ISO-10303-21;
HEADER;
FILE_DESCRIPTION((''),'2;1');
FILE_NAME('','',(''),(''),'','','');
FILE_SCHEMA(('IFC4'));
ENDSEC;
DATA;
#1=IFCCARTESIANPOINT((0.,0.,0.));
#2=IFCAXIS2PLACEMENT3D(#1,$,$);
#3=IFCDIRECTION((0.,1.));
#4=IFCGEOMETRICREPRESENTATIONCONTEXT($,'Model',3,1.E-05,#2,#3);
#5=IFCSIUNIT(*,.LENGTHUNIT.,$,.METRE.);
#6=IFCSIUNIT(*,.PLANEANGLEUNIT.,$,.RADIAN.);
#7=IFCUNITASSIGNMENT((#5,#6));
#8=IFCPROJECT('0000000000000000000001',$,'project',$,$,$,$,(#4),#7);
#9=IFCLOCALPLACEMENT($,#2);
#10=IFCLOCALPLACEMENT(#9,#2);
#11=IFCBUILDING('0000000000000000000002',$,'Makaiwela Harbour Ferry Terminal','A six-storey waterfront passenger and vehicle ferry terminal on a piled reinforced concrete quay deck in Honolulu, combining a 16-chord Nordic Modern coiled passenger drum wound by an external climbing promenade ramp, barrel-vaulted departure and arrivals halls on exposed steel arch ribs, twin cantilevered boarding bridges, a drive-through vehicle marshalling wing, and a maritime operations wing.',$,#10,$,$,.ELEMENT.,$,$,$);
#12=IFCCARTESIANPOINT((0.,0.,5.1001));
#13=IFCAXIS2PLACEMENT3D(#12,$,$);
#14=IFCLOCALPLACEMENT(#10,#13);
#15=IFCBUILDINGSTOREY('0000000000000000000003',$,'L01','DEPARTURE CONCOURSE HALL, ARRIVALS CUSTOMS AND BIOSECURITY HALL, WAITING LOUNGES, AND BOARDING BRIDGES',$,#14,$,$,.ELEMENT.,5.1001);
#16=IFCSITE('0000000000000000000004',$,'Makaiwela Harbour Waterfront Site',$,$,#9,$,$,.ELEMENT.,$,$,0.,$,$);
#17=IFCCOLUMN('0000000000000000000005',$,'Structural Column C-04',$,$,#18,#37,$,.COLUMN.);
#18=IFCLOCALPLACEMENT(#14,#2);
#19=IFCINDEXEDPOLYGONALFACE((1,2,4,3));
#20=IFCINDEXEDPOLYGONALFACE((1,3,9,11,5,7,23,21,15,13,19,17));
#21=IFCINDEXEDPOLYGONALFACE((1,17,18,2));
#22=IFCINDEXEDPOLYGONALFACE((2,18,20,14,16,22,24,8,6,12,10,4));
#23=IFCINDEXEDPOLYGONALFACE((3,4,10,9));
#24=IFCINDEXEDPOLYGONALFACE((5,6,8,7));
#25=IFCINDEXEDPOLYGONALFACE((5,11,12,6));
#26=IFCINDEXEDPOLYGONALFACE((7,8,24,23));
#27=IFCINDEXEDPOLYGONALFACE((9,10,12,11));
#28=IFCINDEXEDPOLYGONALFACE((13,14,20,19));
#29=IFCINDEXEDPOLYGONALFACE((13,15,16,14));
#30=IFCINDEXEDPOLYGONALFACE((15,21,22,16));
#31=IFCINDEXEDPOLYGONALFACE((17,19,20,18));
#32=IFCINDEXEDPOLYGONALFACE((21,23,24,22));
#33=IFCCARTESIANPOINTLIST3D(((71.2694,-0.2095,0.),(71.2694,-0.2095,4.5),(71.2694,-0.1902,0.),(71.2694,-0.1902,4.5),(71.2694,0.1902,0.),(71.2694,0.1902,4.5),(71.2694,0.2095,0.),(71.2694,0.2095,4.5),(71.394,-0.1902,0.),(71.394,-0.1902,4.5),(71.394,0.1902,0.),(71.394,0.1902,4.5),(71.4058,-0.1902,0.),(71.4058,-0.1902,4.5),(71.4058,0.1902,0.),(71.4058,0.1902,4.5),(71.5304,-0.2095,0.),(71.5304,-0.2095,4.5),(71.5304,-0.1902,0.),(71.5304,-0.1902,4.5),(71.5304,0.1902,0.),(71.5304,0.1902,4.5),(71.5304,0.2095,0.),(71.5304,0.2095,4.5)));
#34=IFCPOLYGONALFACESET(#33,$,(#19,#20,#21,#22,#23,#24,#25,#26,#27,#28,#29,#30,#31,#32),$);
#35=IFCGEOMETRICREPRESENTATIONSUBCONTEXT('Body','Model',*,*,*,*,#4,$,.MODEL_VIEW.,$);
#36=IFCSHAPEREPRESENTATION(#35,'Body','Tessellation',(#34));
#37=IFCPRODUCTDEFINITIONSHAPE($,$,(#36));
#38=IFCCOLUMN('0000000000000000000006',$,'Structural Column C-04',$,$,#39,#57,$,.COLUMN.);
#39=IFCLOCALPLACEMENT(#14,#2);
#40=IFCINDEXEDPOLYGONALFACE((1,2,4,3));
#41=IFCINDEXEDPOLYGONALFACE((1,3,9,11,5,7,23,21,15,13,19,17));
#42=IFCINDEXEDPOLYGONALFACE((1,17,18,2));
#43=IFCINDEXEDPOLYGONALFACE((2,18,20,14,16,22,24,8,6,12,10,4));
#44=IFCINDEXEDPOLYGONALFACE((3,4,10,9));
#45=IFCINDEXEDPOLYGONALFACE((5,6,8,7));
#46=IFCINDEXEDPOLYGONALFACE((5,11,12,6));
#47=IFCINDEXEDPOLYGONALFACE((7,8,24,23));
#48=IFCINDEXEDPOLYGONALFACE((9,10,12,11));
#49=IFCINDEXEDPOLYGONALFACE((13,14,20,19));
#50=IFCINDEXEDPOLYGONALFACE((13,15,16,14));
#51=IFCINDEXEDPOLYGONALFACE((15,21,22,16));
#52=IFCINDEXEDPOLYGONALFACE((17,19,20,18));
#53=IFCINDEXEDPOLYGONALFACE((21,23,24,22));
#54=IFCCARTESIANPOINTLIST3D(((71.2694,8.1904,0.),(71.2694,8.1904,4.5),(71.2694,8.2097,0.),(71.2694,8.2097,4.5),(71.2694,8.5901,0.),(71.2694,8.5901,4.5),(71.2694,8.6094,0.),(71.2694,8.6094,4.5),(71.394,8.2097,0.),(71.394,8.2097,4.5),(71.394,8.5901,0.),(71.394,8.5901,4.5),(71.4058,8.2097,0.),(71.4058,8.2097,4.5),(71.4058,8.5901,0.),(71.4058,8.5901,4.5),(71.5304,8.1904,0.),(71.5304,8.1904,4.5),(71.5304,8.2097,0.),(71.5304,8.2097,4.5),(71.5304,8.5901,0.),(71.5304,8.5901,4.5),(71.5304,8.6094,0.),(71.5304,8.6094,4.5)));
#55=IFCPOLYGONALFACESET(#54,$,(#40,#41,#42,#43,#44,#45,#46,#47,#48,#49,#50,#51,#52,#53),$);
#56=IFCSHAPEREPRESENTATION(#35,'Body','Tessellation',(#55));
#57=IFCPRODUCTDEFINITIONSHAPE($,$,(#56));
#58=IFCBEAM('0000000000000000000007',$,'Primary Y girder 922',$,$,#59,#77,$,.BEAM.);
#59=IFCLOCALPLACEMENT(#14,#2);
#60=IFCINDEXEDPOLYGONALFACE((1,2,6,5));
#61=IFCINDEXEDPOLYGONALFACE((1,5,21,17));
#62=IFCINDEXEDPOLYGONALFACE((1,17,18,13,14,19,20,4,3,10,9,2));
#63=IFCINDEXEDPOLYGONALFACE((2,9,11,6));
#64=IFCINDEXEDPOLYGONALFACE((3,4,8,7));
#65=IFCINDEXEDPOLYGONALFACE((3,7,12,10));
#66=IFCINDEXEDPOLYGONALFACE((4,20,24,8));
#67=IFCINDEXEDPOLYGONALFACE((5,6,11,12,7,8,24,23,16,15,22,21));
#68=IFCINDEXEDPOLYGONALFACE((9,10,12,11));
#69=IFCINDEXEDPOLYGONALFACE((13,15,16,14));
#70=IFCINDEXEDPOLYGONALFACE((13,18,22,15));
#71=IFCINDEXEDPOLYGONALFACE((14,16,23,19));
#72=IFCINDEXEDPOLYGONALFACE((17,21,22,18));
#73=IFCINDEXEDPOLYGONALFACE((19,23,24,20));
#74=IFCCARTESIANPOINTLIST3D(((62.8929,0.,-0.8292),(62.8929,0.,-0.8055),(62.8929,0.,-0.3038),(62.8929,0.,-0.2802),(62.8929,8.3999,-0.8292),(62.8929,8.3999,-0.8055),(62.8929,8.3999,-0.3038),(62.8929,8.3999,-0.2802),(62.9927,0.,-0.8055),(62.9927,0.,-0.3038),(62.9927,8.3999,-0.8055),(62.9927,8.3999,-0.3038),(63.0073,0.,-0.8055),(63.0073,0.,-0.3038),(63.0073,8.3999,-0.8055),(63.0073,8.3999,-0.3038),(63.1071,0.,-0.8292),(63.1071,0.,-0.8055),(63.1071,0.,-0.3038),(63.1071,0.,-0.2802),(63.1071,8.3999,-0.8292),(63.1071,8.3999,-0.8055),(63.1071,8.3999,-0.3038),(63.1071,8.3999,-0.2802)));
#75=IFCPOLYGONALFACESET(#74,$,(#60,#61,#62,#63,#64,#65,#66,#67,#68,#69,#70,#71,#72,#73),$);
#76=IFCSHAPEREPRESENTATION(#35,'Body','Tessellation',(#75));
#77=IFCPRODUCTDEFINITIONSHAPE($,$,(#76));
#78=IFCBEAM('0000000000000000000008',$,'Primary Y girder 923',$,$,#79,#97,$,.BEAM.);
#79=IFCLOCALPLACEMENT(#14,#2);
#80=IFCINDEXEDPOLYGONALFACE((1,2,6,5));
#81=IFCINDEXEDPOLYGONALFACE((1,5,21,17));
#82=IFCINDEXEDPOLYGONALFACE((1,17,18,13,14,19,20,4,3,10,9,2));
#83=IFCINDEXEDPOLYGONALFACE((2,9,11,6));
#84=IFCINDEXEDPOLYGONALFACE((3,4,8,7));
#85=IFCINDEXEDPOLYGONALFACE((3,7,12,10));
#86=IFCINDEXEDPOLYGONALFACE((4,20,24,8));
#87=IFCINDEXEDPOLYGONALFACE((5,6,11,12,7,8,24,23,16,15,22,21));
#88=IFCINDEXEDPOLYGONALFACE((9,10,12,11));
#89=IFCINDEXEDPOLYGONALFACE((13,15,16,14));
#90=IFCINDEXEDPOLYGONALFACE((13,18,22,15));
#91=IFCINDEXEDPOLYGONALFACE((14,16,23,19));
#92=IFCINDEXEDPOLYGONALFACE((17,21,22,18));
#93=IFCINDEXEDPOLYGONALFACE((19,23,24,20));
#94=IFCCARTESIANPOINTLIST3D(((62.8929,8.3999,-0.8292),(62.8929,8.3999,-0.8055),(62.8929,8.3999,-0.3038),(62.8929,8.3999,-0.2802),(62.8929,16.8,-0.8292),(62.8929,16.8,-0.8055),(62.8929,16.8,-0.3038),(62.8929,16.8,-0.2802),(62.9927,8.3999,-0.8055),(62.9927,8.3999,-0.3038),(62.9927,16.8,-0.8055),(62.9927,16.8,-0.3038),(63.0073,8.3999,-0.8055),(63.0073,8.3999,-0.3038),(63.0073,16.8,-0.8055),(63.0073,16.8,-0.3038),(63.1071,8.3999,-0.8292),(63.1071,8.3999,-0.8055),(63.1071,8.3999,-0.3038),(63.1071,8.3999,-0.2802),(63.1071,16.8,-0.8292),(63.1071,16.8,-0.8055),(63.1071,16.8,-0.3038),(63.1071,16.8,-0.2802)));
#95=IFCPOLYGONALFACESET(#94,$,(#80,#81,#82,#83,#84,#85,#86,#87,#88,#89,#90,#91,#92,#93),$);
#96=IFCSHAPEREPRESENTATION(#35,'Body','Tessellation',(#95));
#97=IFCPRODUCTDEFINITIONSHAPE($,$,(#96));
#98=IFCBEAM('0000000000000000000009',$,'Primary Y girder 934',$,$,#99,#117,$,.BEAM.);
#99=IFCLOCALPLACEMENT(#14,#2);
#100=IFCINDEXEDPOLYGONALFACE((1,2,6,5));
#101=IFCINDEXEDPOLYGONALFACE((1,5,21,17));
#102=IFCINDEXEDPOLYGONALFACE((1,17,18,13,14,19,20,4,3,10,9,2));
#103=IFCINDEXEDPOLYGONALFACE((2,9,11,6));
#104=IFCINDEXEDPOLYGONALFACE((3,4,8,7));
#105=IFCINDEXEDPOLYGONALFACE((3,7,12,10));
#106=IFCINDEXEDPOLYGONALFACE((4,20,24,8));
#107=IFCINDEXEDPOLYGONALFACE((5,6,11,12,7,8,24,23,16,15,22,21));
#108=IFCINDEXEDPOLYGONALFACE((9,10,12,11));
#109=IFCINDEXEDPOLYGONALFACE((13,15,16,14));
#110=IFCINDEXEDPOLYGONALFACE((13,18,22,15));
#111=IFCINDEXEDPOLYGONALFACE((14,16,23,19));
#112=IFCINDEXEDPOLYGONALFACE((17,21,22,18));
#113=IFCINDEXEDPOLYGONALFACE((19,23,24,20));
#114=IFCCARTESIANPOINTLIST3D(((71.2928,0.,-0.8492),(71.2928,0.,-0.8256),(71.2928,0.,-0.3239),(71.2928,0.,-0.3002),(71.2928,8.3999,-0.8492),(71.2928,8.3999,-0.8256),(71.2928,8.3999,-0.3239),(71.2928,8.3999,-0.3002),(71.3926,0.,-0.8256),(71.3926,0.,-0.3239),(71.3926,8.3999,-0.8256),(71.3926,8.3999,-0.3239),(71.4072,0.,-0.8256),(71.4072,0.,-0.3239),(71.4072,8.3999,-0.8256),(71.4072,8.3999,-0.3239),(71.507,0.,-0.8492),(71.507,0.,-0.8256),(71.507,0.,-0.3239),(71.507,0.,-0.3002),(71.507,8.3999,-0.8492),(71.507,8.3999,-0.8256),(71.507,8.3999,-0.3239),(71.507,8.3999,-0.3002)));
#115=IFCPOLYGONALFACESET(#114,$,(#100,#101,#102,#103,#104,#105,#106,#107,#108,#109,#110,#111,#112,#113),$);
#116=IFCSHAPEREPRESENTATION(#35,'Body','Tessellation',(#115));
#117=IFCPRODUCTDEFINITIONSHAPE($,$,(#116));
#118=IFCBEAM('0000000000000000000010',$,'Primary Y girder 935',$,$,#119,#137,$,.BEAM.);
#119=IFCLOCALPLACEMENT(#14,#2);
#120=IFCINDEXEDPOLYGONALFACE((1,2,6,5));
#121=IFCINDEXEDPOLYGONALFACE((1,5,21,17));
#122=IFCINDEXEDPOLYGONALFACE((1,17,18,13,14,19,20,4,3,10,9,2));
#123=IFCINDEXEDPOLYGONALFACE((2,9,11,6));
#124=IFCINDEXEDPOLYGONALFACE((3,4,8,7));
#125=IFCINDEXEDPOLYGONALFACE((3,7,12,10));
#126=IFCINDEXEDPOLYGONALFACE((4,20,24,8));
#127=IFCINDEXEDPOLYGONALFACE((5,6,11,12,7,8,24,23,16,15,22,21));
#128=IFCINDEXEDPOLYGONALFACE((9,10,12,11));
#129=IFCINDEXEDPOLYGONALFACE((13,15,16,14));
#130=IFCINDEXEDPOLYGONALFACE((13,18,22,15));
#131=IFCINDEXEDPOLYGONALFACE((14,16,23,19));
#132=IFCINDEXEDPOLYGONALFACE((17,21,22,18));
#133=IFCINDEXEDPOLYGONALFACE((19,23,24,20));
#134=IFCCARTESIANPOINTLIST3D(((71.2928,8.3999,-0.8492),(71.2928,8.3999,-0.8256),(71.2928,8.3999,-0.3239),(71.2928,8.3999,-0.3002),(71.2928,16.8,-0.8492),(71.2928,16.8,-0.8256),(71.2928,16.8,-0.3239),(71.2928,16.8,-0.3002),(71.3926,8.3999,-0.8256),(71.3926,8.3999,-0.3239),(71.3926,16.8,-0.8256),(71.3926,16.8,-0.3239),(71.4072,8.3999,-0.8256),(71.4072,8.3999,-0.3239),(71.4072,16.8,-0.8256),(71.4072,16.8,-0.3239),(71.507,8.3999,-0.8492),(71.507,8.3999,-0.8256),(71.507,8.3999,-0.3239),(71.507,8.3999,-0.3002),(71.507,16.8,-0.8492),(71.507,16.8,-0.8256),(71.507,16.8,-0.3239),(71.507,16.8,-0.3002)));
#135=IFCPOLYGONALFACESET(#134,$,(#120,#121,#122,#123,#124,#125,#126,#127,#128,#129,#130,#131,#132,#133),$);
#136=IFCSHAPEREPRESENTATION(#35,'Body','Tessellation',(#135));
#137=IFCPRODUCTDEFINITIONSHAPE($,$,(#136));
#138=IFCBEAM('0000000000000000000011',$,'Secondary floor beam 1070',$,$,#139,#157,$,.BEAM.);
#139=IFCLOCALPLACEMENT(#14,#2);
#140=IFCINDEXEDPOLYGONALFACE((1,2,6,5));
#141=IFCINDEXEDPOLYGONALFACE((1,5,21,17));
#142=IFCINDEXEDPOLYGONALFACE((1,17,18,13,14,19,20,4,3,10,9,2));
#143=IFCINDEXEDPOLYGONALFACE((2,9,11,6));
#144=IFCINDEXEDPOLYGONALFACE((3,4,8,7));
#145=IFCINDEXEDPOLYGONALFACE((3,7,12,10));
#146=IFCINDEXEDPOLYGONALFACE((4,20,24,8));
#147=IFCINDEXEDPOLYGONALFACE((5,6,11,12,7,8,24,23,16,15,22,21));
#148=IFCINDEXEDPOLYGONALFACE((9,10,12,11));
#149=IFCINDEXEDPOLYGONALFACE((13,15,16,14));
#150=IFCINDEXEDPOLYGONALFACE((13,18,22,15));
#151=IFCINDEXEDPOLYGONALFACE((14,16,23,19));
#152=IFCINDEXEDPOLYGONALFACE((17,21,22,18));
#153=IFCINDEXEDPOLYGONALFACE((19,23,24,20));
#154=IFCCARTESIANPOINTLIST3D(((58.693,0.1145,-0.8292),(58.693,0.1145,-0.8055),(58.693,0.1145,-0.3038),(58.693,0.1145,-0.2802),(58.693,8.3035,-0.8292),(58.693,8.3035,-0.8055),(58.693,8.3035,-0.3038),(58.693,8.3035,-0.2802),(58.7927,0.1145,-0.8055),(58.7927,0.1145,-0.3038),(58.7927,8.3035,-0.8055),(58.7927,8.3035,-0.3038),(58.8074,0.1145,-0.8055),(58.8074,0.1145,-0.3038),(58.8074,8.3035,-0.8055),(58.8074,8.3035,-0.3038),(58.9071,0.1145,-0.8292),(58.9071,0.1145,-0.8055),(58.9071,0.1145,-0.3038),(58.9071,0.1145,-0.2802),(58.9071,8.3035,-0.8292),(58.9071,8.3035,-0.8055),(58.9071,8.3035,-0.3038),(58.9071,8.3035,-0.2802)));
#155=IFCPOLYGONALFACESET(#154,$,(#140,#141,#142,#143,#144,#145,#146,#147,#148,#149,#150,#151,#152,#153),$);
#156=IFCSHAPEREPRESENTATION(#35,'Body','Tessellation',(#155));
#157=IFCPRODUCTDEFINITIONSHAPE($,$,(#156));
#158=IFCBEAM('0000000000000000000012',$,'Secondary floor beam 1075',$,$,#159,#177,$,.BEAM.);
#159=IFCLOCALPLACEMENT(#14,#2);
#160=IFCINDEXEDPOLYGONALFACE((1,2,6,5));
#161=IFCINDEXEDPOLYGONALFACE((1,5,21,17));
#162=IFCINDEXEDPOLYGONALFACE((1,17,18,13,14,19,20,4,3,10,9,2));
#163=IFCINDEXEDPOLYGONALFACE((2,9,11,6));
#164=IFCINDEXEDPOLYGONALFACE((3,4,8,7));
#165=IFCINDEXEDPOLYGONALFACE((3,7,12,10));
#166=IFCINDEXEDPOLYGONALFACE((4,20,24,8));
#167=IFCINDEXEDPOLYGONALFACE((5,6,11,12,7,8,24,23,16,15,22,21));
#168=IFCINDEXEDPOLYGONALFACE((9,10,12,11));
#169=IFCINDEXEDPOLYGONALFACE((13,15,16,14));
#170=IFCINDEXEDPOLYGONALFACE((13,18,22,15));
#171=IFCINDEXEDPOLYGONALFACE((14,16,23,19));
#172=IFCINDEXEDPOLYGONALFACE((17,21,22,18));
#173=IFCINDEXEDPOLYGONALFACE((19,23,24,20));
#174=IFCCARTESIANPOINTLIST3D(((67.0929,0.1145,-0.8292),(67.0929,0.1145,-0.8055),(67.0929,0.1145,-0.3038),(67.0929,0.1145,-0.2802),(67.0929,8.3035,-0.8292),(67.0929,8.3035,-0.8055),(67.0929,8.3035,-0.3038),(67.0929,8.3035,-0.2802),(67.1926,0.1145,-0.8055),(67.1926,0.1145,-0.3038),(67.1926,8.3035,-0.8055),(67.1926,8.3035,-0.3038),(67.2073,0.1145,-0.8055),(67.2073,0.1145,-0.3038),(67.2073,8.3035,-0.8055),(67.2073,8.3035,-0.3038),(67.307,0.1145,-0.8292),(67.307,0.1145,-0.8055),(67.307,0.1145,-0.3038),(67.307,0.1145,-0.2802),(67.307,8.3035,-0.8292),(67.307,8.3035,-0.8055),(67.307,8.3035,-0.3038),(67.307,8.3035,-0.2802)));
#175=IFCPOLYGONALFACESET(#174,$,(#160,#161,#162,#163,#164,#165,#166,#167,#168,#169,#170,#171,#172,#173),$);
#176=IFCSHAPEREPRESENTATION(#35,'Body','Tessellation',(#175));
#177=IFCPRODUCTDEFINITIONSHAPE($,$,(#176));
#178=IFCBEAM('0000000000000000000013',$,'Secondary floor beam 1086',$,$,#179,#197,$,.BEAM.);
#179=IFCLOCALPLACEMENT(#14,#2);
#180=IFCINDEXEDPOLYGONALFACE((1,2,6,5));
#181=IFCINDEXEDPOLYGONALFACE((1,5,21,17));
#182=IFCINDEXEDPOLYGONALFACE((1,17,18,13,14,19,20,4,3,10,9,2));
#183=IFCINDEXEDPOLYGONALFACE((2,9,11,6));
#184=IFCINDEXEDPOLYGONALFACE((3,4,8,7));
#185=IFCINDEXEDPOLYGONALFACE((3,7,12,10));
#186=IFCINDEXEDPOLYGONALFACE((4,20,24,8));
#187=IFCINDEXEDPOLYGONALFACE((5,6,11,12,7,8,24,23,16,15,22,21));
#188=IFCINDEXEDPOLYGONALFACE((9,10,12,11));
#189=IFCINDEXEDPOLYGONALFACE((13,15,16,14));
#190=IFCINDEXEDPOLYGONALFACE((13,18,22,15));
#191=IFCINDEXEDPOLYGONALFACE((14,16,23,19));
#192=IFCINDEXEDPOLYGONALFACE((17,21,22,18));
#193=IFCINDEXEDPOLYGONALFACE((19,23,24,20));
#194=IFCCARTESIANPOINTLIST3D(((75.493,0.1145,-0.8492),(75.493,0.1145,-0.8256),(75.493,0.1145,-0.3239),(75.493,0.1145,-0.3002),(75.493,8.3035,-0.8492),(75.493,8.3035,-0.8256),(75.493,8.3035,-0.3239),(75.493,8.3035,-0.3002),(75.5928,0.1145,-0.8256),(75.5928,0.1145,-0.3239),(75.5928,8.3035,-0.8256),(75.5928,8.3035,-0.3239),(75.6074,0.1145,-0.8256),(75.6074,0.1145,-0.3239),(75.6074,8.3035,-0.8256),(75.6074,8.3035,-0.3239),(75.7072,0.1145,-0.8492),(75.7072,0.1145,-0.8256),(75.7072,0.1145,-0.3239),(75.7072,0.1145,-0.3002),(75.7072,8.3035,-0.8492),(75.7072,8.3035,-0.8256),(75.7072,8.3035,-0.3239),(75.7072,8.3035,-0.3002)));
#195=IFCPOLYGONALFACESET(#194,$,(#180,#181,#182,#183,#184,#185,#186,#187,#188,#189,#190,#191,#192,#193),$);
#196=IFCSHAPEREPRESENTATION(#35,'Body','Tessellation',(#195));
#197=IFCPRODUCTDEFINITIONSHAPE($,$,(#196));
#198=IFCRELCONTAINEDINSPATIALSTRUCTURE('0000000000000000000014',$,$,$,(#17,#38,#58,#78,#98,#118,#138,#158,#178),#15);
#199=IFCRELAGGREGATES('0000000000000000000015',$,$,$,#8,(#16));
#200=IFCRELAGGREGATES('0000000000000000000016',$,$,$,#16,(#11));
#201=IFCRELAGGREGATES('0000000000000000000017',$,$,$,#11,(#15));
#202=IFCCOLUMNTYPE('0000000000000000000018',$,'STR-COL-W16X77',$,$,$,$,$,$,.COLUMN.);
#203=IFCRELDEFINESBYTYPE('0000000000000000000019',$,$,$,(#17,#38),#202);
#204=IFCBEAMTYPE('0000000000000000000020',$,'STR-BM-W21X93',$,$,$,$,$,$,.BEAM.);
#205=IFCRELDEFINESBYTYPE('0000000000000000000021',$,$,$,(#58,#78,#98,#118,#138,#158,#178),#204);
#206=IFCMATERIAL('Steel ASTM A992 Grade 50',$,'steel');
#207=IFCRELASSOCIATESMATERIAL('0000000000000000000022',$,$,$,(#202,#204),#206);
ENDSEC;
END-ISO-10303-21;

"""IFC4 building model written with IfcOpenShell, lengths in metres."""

from ifc_helpers import new_model, si_unit, direction, frame, origin, origin_2d, place, context, subcontext, project, spatial, i_section, extrude, material, material_profile, profile_set, type_object, element, save


model = new_model("IFC4")

# Units and contexts
model_context = context("Model", 3, precision=1e-05, world=origin(), true_north=direction((0.0, 1.0)))
body_context = subcontext(model_context, "Body", "Model", "MODEL_VIEW")
ifc_project = project(units=[si_unit("LENGTHUNIT", "METRE"), si_unit("PLANEANGLEUNIT", "RADIAN")], contexts=[model_context])

# Site, building, storey
site_placement = place(None, origin())
site = spatial("IfcSite", under=ifc_project, at=site_placement, Name="Makaiwela Harbour Waterfront Site", CompositionType="ELEMENT", RefElevation=0.0)
building_placement = place(site_placement, origin())
building = spatial("IfcBuilding", under=site, at=building_placement, Name="Makaiwela Harbour Ferry Terminal", Description="A six-storey waterfront passenger and vehicle ferry terminal on a piled reinforced concrete quay deck in Honolulu, combining a 16-chord Nordic Modern coiled passenger drum wound by an external climbing promenade ramp, barrel-vaulted departure and arrivals halls on exposed steel arch ribs, twin cantilevered boarding bridges, a drive-through vehicle marshalling wing, and a maritime operations wing.", CompositionType="ELEMENT")
storey_placement = place(building_placement, frame((0.0, 0.0, 5.1001)))
storey = spatial("IfcBuildingStorey", under=building, at=storey_placement, Name="L01", Description="DEPARTURE CONCOURSE HALL, ARRIVALS CUSTOMS AND BIOSECURITY HALL, WAITING LOUNGES, AND BOARDING BRIDGES", CompositionType="ELEMENT", Elevation=5.1001)

# Columns
ifc_material_1 = material(Name="Steel ASTM A992 Grade 50", Category="steel")
ifc_material_profile_1 = material_profile(ifc_material_1, i_section(OverallWidth=0.261, OverallDepth=0.4189, WebThickness=0.0117, FlangeThickness=0.0193, at=origin_2d()), Name="W16X77")
ifc_profile_set_1 = profile_set([ifc_material_profile_1], Name="Steel ASTM A992 Grade 50")
column_type = type_object("IfcColumnType", Name="STR-COL-W16X77", PredefinedType="COLUMN", material=ifc_profile_set_1)
for number, where, z_axis, x_axis, name in (
    (1, (71.3999, 0.0, 0.0), (0.0, 0.0, 1.0), (1.0, 0.0, 0.0), "Structural Column C-04"),
    (2, (71.3999, 8.3999, 0.0), (0.0, 0.0, 1.0), (1.0, 0.0, 0.0), "Structural Column C-04"),
):
    element("IfcColumn", number, at=place(storey_placement, frame(where, z_axis=z_axis, x_axis=x_axis)), inside=storey, type_object=column_type, Name=name, PredefinedType="COLUMN", context=body_context, shape_type="SweptSolid", body=[
        extrude(i_section(OverallWidth=0.261, OverallDepth=0.4189, WebThickness=0.0117, FlangeThickness=0.0193, at=origin_2d()), origin(), (0.0, 0.0, 1.0), 4.5),
    ])

# Beams
ifc_material_profile_2 = material_profile(ifc_material_1, i_section(OverallWidth=0.2141, OverallDepth=0.5491, WebThickness=0.0146, FlangeThickness=0.0237, at=origin_2d()), Name="W21X93")
ifc_profile_set_2 = profile_set([ifc_material_profile_2], Name="Steel ASTM A992 Grade 50")
beam_type_1 = type_object("IfcBeamType", Name="STR-BM-W21X93", PredefinedType="BEAM", material=ifc_profile_set_2)
beam_1_placement = place(storey_placement, frame((63.0, 0.0, -0.5547), z_axis=(0.0, 1.0, 0.0), x_axis=(-1.0, 0.0, 0.0)))
element("IfcBeam", 3, at=beam_1_placement, inside=storey, type_object=beam_type_1, Name="Primary Y girder 922", PredefinedType="BEAM", context=body_context, shape_type="SweptSolid", body=[
    extrude(i_section(OverallWidth=0.2141, OverallDepth=0.5491, WebThickness=0.0146, FlangeThickness=0.0237, at=origin_2d()), origin(), (0.0, 0.0, 1.0), 8.3999),
])
beam_2_placement = place(storey_placement, frame((63.0, 8.3999, -0.5547), z_axis=(0.0, 1.0, 0.0), x_axis=(-1.0, 0.0, 0.0)))
element("IfcBeam", 4, at=beam_2_placement, inside=storey, type_object=beam_type_1, Name="Primary Y girder 923", PredefinedType="BEAM", context=body_context, shape_type="SweptSolid", body=[
    extrude(i_section(OverallWidth=0.2141, OverallDepth=0.5491, WebThickness=0.0146, FlangeThickness=0.0237, at=origin_2d()), origin(), (0.0, 0.0, 1.0), 8.4001),
])
beam_3_placement = place(storey_placement, frame((71.3999, 0.0, -0.5747), z_axis=(0.0, 1.0, 0.0), x_axis=(-1.0, 0.0, 0.0)))
element("IfcBeam", 5, at=beam_3_placement, inside=storey, type_object=beam_type_1, Name="Primary Y girder 934", PredefinedType="BEAM", context=body_context, shape_type="SweptSolid", body=[
    extrude(i_section(OverallWidth=0.2141, OverallDepth=0.5491, WebThickness=0.0146, FlangeThickness=0.0237, at=origin_2d()), origin(), (0.0, 0.0, 1.0), 8.3999),
])
beam_4_placement = place(storey_placement, frame((71.3999, 8.3999, -0.5747), z_axis=(0.0, 1.0, 0.0), x_axis=(-1.0, 0.0, 0.0)))
element("IfcBeam", 6, at=beam_4_placement, inside=storey, type_object=beam_type_1, Name="Primary Y girder 935", PredefinedType="BEAM", context=body_context, shape_type="SweptSolid", body=[
    extrude(i_section(OverallWidth=0.2141, OverallDepth=0.5491, WebThickness=0.0146, FlangeThickness=0.0237, at=origin_2d()), origin(), (0.0, 0.0, 1.0), 8.4001),
])
for number, where, z_axis, x_axis, name in (
    (7, (58.8, 0.1145, -0.5547), (0.0, 1.0, 0.0), (-1.0, 0.0, 0.0), "Secondary floor beam 1070"),
    (8, (67.2, 0.1145, -0.5547), (0.0, 1.0, 0.0), (-1.0, 0.0, 0.0), "Secondary floor beam 1075"),
    (9, (75.6001, 0.1145, -0.5747), (0.0, 1.0, 0.0), (-1.0, 0.0, 0.0), "Secondary floor beam 1086"),
):
    element("IfcBeam", number, at=place(storey_placement, frame(where, z_axis=z_axis, x_axis=x_axis)), inside=storey, type_object=beam_type_1, Name=name, PredefinedType="BEAM", context=body_context, shape_type="SweptSolid", body=[
        extrude(i_section(OverallWidth=0.2141, OverallDepth=0.5491, WebThickness=0.0146, FlangeThickness=0.0237, at=origin_2d()), origin(), (0.0, 0.0, 1.0), 8.189),
    ])

save(model, "model.ifc")
